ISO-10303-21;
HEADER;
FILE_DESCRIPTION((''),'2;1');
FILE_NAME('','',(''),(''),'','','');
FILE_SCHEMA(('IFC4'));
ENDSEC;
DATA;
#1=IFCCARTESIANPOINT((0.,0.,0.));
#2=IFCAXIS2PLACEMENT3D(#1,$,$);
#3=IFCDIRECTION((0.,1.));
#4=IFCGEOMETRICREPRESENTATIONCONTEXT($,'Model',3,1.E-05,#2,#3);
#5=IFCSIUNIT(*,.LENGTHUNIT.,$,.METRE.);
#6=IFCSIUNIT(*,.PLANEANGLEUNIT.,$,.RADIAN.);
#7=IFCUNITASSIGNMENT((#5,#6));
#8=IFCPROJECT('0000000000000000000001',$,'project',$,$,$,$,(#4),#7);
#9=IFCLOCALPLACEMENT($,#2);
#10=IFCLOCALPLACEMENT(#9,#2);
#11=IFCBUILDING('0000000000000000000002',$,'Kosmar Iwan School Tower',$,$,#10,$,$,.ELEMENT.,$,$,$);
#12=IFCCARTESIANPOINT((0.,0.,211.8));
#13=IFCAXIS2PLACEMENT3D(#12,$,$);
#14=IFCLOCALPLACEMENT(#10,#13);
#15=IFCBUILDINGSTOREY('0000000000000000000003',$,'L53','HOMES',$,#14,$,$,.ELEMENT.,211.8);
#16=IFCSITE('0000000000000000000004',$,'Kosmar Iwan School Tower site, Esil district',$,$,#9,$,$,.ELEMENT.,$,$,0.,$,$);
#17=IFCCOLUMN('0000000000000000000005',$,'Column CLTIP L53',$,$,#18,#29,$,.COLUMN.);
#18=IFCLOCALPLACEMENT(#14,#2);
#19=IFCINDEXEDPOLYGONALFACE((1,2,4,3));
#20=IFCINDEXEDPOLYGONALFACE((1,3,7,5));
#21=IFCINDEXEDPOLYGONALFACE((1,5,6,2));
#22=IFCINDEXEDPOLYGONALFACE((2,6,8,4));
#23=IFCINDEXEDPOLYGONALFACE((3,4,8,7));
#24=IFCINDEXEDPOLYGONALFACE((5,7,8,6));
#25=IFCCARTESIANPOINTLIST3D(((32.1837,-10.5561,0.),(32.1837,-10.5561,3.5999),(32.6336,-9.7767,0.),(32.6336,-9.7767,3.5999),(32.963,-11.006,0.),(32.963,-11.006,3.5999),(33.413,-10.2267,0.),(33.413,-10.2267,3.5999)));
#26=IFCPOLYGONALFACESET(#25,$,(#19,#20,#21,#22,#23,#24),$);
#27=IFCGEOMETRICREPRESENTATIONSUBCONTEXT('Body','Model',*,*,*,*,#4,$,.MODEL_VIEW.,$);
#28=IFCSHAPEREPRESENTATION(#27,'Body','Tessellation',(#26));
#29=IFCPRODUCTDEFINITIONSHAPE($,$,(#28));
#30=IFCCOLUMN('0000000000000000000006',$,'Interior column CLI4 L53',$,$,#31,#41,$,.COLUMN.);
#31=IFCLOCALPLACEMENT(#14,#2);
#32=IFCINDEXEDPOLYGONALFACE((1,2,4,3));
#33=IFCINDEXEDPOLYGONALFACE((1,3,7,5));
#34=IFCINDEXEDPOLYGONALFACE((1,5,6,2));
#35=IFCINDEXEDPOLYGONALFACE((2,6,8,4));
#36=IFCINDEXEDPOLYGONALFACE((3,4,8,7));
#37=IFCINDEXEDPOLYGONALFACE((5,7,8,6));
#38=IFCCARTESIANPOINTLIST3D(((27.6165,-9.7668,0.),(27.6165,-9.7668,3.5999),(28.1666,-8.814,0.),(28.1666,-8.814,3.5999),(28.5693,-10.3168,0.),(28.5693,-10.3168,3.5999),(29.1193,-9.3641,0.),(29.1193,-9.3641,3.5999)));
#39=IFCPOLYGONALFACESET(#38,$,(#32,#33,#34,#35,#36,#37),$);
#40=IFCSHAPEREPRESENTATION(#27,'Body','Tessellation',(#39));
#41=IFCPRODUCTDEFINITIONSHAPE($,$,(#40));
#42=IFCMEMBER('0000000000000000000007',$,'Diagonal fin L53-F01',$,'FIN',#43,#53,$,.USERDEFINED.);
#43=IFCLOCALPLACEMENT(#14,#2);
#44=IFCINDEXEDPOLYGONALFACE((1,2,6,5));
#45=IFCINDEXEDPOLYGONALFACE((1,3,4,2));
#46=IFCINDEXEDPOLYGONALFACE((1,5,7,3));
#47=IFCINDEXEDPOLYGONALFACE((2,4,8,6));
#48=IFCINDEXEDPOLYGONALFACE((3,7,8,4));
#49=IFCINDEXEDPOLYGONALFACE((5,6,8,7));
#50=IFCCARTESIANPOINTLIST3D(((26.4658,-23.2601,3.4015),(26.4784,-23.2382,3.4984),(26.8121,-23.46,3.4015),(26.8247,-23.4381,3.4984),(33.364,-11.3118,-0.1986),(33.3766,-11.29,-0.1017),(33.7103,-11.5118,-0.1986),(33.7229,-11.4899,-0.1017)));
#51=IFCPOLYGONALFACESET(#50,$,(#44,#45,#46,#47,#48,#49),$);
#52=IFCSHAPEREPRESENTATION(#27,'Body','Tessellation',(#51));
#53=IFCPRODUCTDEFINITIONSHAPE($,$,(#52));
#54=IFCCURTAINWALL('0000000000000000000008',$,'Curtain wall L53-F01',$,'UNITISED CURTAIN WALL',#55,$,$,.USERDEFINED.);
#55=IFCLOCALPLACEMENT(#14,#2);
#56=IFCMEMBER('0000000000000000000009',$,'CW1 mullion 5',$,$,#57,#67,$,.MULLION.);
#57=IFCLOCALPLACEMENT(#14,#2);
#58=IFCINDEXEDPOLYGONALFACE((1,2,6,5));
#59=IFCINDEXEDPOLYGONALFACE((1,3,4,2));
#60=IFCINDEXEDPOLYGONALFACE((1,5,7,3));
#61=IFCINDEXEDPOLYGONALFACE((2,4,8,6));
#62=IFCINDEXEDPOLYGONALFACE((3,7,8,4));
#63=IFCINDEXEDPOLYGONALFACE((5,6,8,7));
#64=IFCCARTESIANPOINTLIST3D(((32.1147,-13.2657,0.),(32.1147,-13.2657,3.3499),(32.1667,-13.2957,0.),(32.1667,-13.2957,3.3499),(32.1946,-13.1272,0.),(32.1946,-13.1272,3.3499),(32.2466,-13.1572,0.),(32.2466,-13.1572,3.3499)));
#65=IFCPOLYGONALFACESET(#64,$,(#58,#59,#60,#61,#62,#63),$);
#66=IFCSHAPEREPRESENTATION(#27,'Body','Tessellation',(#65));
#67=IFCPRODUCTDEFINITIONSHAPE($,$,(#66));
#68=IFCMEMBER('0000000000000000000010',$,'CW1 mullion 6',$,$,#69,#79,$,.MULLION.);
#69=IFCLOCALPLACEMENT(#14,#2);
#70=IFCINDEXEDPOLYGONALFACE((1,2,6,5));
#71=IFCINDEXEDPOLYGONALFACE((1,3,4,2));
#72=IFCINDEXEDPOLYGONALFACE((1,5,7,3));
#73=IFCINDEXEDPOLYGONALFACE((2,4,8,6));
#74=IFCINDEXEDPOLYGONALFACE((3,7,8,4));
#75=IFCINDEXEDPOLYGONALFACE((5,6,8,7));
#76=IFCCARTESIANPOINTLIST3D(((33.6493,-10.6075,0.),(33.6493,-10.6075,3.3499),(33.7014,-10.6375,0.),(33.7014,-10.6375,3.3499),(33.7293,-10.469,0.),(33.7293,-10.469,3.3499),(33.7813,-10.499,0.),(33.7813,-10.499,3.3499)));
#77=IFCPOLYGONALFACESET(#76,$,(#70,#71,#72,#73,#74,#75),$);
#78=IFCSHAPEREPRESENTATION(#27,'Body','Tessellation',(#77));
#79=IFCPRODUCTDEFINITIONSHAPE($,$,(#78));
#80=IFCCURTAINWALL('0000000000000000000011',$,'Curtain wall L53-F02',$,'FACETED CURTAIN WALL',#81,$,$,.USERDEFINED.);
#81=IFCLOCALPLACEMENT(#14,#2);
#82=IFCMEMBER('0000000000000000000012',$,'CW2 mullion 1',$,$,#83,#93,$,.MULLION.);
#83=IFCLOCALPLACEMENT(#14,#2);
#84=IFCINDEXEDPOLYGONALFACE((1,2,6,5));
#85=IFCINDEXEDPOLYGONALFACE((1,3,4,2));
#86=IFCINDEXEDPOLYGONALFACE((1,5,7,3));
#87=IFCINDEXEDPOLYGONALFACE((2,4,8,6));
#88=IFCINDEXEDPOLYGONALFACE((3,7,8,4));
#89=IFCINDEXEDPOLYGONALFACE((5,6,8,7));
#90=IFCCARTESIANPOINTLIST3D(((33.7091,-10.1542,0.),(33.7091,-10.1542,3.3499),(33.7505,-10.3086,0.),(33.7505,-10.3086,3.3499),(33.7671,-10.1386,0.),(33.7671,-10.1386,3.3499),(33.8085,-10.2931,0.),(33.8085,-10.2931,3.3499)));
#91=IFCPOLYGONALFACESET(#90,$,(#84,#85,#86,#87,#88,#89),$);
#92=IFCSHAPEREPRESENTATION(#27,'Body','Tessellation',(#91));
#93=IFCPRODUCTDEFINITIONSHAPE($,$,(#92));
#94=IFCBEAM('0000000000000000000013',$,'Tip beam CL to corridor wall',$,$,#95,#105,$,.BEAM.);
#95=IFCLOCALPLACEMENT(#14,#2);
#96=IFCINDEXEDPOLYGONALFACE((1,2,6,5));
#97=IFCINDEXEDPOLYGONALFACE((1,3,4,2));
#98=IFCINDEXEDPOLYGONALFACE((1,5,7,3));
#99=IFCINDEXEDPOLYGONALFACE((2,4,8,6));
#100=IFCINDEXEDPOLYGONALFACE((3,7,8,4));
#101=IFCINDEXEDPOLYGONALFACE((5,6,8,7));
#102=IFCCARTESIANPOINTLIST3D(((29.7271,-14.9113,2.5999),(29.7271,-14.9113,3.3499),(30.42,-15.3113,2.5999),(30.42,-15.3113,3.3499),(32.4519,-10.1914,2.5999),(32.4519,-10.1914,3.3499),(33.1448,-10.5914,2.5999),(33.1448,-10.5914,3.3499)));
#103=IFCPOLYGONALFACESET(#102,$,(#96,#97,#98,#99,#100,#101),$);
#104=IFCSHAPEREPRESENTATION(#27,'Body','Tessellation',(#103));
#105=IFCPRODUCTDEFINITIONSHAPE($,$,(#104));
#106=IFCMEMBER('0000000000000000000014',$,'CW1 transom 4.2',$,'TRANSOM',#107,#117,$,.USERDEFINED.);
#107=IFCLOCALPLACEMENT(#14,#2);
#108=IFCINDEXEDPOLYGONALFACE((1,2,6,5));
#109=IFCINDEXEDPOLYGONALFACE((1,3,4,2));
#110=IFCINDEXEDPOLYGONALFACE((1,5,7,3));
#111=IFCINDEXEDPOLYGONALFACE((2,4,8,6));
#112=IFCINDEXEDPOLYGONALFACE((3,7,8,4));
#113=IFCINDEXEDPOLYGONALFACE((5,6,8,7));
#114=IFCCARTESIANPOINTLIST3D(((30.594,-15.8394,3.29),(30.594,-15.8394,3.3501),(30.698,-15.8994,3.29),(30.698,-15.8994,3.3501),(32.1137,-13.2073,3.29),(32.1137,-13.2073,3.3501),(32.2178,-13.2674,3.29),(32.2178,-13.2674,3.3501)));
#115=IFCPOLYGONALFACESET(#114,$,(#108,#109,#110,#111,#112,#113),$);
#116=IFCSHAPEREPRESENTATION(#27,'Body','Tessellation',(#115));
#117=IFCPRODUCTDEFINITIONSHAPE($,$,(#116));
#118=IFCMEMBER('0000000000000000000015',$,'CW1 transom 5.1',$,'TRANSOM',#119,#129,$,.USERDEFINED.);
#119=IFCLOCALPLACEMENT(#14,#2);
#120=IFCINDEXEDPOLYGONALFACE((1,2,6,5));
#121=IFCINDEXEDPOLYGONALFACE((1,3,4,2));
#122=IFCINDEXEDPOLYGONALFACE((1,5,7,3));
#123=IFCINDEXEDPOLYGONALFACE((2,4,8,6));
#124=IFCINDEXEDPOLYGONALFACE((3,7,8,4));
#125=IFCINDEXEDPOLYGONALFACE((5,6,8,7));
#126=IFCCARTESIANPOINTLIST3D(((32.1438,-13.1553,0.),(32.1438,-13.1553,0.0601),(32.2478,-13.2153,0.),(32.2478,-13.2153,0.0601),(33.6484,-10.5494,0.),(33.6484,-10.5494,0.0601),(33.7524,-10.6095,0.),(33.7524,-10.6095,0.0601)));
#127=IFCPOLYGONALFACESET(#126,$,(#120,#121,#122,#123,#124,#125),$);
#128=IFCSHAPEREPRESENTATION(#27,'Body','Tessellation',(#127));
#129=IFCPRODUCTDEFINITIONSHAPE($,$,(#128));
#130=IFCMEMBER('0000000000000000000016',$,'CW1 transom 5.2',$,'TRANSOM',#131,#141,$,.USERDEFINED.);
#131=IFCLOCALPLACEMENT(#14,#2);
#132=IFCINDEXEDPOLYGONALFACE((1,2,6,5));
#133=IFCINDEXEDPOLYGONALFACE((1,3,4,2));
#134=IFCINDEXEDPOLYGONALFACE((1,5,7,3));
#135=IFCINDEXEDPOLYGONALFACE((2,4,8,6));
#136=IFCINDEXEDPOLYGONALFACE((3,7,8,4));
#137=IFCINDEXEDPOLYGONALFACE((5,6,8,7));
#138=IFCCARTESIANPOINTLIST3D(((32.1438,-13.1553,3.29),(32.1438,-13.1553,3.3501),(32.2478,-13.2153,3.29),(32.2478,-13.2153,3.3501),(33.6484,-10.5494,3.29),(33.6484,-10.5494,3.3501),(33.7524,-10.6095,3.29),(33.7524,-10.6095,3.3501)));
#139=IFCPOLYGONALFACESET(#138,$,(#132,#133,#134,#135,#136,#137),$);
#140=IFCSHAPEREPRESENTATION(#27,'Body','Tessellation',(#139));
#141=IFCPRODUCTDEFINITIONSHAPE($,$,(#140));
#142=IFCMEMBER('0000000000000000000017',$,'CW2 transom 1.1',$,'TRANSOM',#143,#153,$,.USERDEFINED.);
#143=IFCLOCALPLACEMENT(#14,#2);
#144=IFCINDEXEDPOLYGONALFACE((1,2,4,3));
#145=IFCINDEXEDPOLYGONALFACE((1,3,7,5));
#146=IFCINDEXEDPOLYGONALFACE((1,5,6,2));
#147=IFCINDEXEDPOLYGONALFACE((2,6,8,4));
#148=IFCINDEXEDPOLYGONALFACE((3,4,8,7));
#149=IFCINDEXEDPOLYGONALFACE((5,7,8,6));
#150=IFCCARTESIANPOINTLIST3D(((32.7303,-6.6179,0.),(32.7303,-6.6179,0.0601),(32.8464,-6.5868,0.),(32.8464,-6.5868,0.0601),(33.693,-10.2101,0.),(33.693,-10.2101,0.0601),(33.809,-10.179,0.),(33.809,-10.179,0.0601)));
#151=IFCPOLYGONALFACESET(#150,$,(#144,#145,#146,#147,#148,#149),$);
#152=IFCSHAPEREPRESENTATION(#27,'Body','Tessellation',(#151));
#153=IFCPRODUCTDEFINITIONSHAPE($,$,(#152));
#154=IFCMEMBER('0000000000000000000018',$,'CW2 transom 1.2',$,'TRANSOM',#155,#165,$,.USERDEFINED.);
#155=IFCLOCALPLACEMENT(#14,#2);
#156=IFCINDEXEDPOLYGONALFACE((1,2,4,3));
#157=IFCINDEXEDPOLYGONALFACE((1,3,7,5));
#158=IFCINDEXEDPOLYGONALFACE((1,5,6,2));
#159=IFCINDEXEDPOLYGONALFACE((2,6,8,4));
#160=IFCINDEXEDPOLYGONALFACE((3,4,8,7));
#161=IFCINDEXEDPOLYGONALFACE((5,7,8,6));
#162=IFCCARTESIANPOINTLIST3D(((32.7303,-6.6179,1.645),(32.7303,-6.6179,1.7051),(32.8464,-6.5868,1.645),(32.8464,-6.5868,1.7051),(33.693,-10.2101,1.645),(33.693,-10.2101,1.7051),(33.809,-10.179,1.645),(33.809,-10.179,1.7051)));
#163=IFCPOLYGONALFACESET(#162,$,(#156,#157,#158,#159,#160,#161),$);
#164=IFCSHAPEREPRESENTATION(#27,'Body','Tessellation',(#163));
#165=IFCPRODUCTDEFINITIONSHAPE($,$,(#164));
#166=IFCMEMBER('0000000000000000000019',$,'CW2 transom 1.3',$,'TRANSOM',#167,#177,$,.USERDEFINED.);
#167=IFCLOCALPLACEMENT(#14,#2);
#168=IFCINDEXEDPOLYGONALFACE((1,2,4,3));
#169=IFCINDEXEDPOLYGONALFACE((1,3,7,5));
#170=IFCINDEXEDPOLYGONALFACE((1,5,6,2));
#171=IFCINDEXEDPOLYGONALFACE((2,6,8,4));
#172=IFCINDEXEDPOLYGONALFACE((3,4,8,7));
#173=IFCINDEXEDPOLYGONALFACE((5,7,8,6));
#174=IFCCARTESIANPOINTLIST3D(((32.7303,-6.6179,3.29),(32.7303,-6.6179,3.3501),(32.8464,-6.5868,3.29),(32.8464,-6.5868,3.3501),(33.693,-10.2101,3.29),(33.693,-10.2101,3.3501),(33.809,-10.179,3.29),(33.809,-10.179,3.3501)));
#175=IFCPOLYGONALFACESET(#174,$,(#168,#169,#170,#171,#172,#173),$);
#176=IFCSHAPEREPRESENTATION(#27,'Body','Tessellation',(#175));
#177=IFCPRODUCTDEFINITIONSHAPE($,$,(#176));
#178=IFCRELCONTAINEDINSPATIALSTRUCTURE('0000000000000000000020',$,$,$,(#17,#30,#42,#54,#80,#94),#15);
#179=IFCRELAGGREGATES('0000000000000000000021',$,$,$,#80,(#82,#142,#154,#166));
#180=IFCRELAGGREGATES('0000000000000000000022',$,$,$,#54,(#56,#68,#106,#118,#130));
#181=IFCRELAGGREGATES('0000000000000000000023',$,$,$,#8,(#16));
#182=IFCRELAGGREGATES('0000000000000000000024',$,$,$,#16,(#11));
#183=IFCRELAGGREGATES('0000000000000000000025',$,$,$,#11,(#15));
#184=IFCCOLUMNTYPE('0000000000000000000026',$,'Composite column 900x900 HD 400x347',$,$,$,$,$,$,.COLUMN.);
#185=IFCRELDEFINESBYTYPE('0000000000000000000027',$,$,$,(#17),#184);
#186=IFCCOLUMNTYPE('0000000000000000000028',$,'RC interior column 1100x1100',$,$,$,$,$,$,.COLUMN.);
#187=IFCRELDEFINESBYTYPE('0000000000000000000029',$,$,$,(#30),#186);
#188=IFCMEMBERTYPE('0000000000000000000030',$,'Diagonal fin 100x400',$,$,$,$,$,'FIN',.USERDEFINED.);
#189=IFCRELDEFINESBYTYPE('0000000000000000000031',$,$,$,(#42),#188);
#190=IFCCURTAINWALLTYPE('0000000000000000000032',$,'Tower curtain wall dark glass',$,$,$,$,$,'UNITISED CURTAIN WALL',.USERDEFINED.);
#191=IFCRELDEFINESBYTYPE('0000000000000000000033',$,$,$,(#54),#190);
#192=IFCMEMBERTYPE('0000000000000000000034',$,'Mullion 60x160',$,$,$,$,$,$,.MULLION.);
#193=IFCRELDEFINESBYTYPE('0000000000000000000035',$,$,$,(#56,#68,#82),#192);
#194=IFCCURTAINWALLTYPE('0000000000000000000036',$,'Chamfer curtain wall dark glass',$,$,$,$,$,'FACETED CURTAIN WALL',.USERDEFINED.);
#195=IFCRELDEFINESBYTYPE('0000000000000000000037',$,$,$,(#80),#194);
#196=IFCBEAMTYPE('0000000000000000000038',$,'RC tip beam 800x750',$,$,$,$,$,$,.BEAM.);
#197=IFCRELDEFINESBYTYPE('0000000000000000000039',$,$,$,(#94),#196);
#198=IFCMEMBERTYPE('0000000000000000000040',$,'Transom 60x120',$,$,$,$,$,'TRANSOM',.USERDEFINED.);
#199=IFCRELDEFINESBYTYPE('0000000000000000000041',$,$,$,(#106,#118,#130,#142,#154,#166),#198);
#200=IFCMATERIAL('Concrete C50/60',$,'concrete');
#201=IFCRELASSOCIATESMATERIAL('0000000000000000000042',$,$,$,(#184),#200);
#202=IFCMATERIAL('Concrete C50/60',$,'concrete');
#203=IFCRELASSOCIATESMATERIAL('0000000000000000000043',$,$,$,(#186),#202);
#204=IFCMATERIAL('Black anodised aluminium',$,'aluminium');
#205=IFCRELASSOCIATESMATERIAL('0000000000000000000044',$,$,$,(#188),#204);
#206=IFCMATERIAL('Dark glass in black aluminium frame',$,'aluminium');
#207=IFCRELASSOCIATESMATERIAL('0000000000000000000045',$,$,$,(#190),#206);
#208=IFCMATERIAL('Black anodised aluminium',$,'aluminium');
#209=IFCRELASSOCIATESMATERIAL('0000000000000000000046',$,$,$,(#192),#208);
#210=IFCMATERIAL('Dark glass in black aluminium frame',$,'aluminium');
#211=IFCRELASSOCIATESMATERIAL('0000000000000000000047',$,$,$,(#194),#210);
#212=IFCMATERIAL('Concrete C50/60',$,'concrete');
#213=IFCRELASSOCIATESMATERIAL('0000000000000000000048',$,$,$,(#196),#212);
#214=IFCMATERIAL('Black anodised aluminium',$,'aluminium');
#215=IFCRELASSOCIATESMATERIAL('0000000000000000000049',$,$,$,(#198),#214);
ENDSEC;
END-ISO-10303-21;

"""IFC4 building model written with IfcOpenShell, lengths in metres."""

from ifc_helpers import new_model, si_unit, direction, frame, origin, origin_2d, place, context, subcontext, project, spatial, rectangle, extrude, material, material_profile, profile_set, type_object, element, aggregate, save


model = new_model("IFC4")

# Units and contexts
model_context = context("Model", 3, precision=1e-05, world=origin(), true_north=direction((0.0, 1.0)))
body_context = subcontext(model_context, "Body", "Model", "MODEL_VIEW")
ifc_project = project(units=[si_unit("LENGTHUNIT", "METRE"), si_unit("PLANEANGLEUNIT", "RADIAN")], contexts=[model_context])

# Site, building, storey
site_placement = place(None, origin())
site = spatial("IfcSite", under=ifc_project, at=site_placement, Name="Kosmar Iwan School Tower site, Esil district", CompositionType="ELEMENT", RefElevation=0.0)
building_placement = place(site_placement, origin())
building = spatial("IfcBuilding", under=site, at=building_placement, Name="Kosmar Iwan School Tower", CompositionType="ELEMENT")
storey_placement = place(building_placement, frame((0.0, 0.0, 211.8)))
storey = spatial("IfcBuildingStorey", under=building, at=storey_placement, Name="L53", Description="HOMES", CompositionType="ELEMENT", Elevation=211.8)

# Columns
ifc_material_1 = material(Name="Concrete C50/60", Category="concrete")
ifc_material_profile_1 = material_profile(ifc_material_1, rectangle(XDim=0.8999, YDim=0.8999, at=origin_2d()), Name="RC 900x900 + HD 400x347")
ifc_profile_set_1 = profile_set([ifc_material_profile_1], Name="Concrete C50/60")
column_type_1 = type_object("IfcColumnType", Name="Composite column 900x900 HD 400x347", PredefinedType="COLUMN", material=ifc_profile_set_1)
column_1_placement = place(storey_placement, frame((32.7983, -10.3914, 0.0), z_axis=(0.0, 0.0, 1.0), x_axis=(0.866025, -0.5, 0.0)))
element("IfcColumn", 1, at=column_1_placement, inside=storey, type_object=column_type_1, Name="Column CLTIP L53", PredefinedType="COLUMN", context=body_context, shape_type="SweptSolid", body=[
    extrude(rectangle(XDim=0.8999, YDim=0.8999, at=origin_2d()), origin(), (0.0, 0.0, 1.0), 3.5999),
])
ifc_material_2 = material(Name="Concrete C50/60", Category="concrete")
ifc_material_profile_2 = material_profile(ifc_material_2, rectangle(XDim=1.1001, YDim=1.1001, at=origin_2d()), Name="RC 1100x1100")
ifc_profile_set_2 = profile_set([ifc_material_profile_2], Name="Concrete C50/60")
column_type_2 = type_object("IfcColumnType", Name="RC interior column 1100x1100", PredefinedType="COLUMN", material=ifc_profile_set_2)
column_2_placement = place(storey_placement, frame((28.3679, -9.5654, 0.0), z_axis=(0.0, 0.0, 1.0), x_axis=(0.866025, -0.5, 0.0)))
element("IfcColumn", 2, at=column_2_placement, inside=storey, type_object=column_type_2, Name="Interior column CLI4 L53", PredefinedType="COLUMN", context=body_context, shape_type="SweptSolid", body=[
    extrude(rectangle(XDim=1.1001, YDim=1.1001, at=origin_2d()), origin(), (0.0, 0.0, 1.0), 3.5999),
])

# Member
ifc_material_3 = material(Name="Black anodised aluminium", Category="aluminium")
ifc_material_profile_3 = material_profile(ifc_material_3, rectangle(XDim=0.1001, YDim=0.3999, at=origin_2d()), Name="FIN 100x400")
ifc_profile_set_3 = profile_set([ifc_material_profile_3], Name="Black anodised aluminium")
member_type_1 = type_object("IfcMemberType", Name="Diagonal fin 100x400", ElementType="FIN", PredefinedType="USERDEFINED", material=ifc_profile_set_3)
member_1_placement = place(storey_placement, frame((33.5435, -11.4009, -0.1501), z_axis=(-0.483793, -0.83797, 0.252487), x_axis=(0.126242, 0.218661, 0.9676)))
element("IfcMember", 3, at=member_1_placement, inside=storey, type_object=member_type_1, Name="Diagonal fin L53-F01", ObjectType="FIN", PredefinedType="USERDEFINED", context=body_context, shape_type="SweptSolid", body=[
    extrude(rectangle(XDim=0.1001, YDim=0.3999, at=origin_2d()), origin(), (0.0, 0.0, 1.0), 14.2585),
])

# Curtain wall, members
ifc_material_4 = material(Name="Dark glass in black aluminium frame", Category="aluminium")
curtain_wall_type_1 = type_object("IfcCurtainWallType", Name="Tower curtain wall dark glass", ElementType="UNITISED CURTAIN WALL", PredefinedType="USERDEFINED", material=ifc_material_4)
curtain_wall_1_placement = place(storey_placement, origin())
curtain_wall_1 = element("IfcCurtainWall", 4, at=curtain_wall_1_placement, inside=storey, type_object=curtain_wall_type_1, Name="Curtain wall L53-F01", ObjectType="UNITISED CURTAIN WALL", PredefinedType="USERDEFINED")
ifc_material_5 = material(Name="Black anodised aluminium", Category="aluminium")
ifc_material_profile_4 = material_profile(ifc_material_5, rectangle(XDim=0.0601, YDim=0.1599, at=origin_2d()), Name="MULLION 60x160")
ifc_profile_set_4 = profile_set([ifc_material_profile_4], Name="Black anodised aluminium")
member_type_2 = type_object("IfcMemberType", Name="Mullion 60x160", PredefinedType="MULLION", material=ifc_profile_set_4)
member_2_placement = place(storey_placement, frame((32.1807, -13.2114, 0.0), z_axis=(0.0, 0.0, 1.0), x_axis=(-0.866025, 0.5, 0.0)))
member_2 = element("IfcMember", 5, at=member_2_placement, type_object=member_type_2, Name="CW1 mullion 5", PredefinedType="MULLION", context=body_context, shape_type="SweptSolid", body=[
    extrude(rectangle(XDim=0.0601, YDim=0.1599, at=origin_2d()), origin(), (0.0, 0.0, 1.0), 3.3499),
])
member_3_placement = place(storey_placement, frame((33.7153, -10.5532, 0.0), z_axis=(0.0, 0.0, 1.0), x_axis=(-0.866025, 0.5, 0.0)))
member_3 = element("IfcMember", 6, at=member_3_placement, type_object=member_type_2, Name="CW1 mullion 6", PredefinedType="MULLION", context=body_context, shape_type="SweptSolid", body=[
    extrude(rectangle(XDim=0.0601, YDim=0.1599, at=origin_2d()), origin(), (0.0, 0.0, 1.0), 3.3499),
])

# Curtain wall, member
ifc_material_6 = material(Name="Dark glass in black aluminium frame", Category="aluminium")
curtain_wall_type_2 = type_object("IfcCurtainWallType", Name="Chamfer curtain wall dark glass", ElementType="FACETED CURTAIN WALL", PredefinedType="USERDEFINED", material=ifc_material_6)
curtain_wall_2_placement = place(storey_placement, origin())
curtain_wall_2 = element("IfcCurtainWall", 7, at=curtain_wall_2_placement, inside=storey, type_object=curtain_wall_type_2, Name="Curtain wall L53-F02", ObjectType="FACETED CURTAIN WALL", PredefinedType="USERDEFINED")
member_4_placement = place(storey_placement, frame((33.7588, -10.2236, 0.0), z_axis=(0.0, 0.0, 1.0), x_axis=(-0.965926, -0.258819, 0.0)))
member_4 = element("IfcMember", 8, at=member_4_placement, type_object=member_type_2, Name="CW2 mullion 1", PredefinedType="MULLION", context=body_context, shape_type="SweptSolid", body=[
    extrude(rectangle(XDim=0.0601, YDim=0.1599, at=origin_2d()), origin(), (0.0, 0.0, 1.0), 3.3499),
])

# Beam
ifc_material_7 = material(Name="Concrete C50/60", Category="concrete")
ifc_material_profile_5 = material_profile(ifc_material_7, rectangle(XDim=0.8, YDim=0.75, at=origin_2d()), Name="RC 800x750")
ifc_profile_set_5 = profile_set([ifc_material_profile_5], Name="Concrete C50/60")
beam_type = type_object("IfcBeamType", Name="RC tip beam 800x750", PredefinedType="BEAM", material=ifc_profile_set_5)
beam_placement = place(storey_placement, frame((32.7983, -10.3914, 2.9749), z_axis=(-0.499969, -0.866043, 0.0), x_axis=(0.866043, -0.499969, 0.0)))
element("IfcBeam", 9, at=beam_placement, inside=storey, type_object=beam_type, Name="Tip beam CL to corridor wall", PredefinedType="BEAM", context=body_context, shape_type="SweptSolid", body=[
    extrude(rectangle(XDim=0.8, YDim=0.75, at=origin_2d()), origin(), (0.0, 0.0, 1.0), 5.45),
])

# Members
ifc_material_8 = material(Name="Black anodised aluminium", Category="aluminium")
ifc_material_profile_6 = material_profile(ifc_material_8, rectangle(XDim=0.1201, YDim=0.0601, at=origin_2d()), Name="TRANSOM 60x120")
ifc_profile_set_6 = profile_set([ifc_material_profile_6], Name="Black anodised aluminium")
member_type_3 = type_object("IfcMemberType", Name="Transom 60x120", ElementType="TRANSOM", PredefinedType="USERDEFINED", material=ifc_profile_set_6)
member_5_placement = place(storey_placement, frame((30.646, -15.8694, 3.3201), z_axis=(0.500035, 0.866005, 0.0), x_axis=(-0.866005, 0.500035, 0.0)))
member_5 = element("IfcMember", 10, at=member_5_placement, type_object=member_type_3, Name="CW1 transom 4.2", ObjectType="TRANSOM", PredefinedType="USERDEFINED", context=body_context, shape_type="SweptSolid", body=[
    extrude(rectangle(XDim=0.1201, YDim=0.0601, at=origin_2d()), origin(), (0.0, 0.0, 1.0), 3.0393),
])
member_6_placement = place(storey_placement, frame((32.1958, -13.1853, 0.03), z_axis=(0.500022, 0.866013, 0.0), x_axis=(-0.866013, 0.500022, 0.0)))
member_6 = element("IfcMember", 11, at=member_6_placement, type_object=member_type_3, Name="CW1 transom 5.1", ObjectType="TRANSOM", PredefinedType="USERDEFINED", context=body_context, shape_type="SweptSolid", body=[
    extrude(rectangle(XDim=0.1201, YDim=0.0601, at=origin_2d()), origin(), (0.0, 0.0, 1.0), 3.009),
])
member_7_placement = place(storey_placement, frame((32.1958, -13.1853, 3.3201), z_axis=(0.500022, 0.866013, 0.0), x_axis=(-0.866013, 0.500022, 0.0)))
member_7 = element("IfcMember", 12, at=member_7_placement, type_object=member_type_3, Name="CW1 transom 5.2", ObjectType="TRANSOM", PredefinedType="USERDEFINED", context=body_context, shape_type="SweptSolid", body=[
    extrude(rectangle(XDim=0.1201, YDim=0.0601, at=origin_2d()), origin(), (0.0, 0.0, 1.0), 3.009),
])
member_8_placement = place(storey_placement, frame((33.751, -10.1946, 0.03), z_axis=(-0.258843, 0.965919, 0.0), x_axis=(-0.965919, -0.258843, 0.0)))
member_8 = element("IfcMember", 13, at=member_8_placement, type_object=member_type_3, Name="CW2 transom 1.1", ObjectType="TRANSOM", PredefinedType="USERDEFINED", context=body_context, shape_type="SweptSolid", body=[
    extrude(rectangle(XDim=0.1201, YDim=0.0601, at=origin_2d()), origin(), (0.0, 0.0, 1.0), 3.719),
])
member_9_placement = place(storey_placement, frame((33.751, -10.1946, 1.675), z_axis=(-0.258843, 0.965919, 0.0), x_axis=(-0.965919, -0.258843, 0.0)))
member_9 = element("IfcMember", 14, at=member_9_placement, type_object=member_type_3, Name="CW2 transom 1.2", ObjectType="TRANSOM", PredefinedType="USERDEFINED", context=body_context, shape_type="SweptSolid", body=[
    extrude(rectangle(XDim=0.1201, YDim=0.0601, at=origin_2d()), origin(), (0.0, 0.0, 1.0), 3.719),
])
member_10_placement = place(storey_placement, frame((33.751, -10.1946, 3.3201), z_axis=(-0.258843, 0.965919, 0.0), x_axis=(-0.965919, -0.258843, 0.0)))
member_10 = element("IfcMember", 15, at=member_10_placement, type_object=member_type_3, Name="CW2 transom 1.3", ObjectType="TRANSOM", PredefinedType="USERDEFINED", context=body_context, shape_type="SweptSolid", body=[
    extrude(rectangle(XDim=0.1201, YDim=0.0601, at=origin_2d()), origin(), (0.0, 0.0, 1.0), 3.719),
])
aggregate(curtain_wall_2, [member_4, member_8, member_9, member_10])

aggregate(curtain_wall_1, [member_2, member_3, member_5, member_6, member_7])

save(model, "model.ifc")
